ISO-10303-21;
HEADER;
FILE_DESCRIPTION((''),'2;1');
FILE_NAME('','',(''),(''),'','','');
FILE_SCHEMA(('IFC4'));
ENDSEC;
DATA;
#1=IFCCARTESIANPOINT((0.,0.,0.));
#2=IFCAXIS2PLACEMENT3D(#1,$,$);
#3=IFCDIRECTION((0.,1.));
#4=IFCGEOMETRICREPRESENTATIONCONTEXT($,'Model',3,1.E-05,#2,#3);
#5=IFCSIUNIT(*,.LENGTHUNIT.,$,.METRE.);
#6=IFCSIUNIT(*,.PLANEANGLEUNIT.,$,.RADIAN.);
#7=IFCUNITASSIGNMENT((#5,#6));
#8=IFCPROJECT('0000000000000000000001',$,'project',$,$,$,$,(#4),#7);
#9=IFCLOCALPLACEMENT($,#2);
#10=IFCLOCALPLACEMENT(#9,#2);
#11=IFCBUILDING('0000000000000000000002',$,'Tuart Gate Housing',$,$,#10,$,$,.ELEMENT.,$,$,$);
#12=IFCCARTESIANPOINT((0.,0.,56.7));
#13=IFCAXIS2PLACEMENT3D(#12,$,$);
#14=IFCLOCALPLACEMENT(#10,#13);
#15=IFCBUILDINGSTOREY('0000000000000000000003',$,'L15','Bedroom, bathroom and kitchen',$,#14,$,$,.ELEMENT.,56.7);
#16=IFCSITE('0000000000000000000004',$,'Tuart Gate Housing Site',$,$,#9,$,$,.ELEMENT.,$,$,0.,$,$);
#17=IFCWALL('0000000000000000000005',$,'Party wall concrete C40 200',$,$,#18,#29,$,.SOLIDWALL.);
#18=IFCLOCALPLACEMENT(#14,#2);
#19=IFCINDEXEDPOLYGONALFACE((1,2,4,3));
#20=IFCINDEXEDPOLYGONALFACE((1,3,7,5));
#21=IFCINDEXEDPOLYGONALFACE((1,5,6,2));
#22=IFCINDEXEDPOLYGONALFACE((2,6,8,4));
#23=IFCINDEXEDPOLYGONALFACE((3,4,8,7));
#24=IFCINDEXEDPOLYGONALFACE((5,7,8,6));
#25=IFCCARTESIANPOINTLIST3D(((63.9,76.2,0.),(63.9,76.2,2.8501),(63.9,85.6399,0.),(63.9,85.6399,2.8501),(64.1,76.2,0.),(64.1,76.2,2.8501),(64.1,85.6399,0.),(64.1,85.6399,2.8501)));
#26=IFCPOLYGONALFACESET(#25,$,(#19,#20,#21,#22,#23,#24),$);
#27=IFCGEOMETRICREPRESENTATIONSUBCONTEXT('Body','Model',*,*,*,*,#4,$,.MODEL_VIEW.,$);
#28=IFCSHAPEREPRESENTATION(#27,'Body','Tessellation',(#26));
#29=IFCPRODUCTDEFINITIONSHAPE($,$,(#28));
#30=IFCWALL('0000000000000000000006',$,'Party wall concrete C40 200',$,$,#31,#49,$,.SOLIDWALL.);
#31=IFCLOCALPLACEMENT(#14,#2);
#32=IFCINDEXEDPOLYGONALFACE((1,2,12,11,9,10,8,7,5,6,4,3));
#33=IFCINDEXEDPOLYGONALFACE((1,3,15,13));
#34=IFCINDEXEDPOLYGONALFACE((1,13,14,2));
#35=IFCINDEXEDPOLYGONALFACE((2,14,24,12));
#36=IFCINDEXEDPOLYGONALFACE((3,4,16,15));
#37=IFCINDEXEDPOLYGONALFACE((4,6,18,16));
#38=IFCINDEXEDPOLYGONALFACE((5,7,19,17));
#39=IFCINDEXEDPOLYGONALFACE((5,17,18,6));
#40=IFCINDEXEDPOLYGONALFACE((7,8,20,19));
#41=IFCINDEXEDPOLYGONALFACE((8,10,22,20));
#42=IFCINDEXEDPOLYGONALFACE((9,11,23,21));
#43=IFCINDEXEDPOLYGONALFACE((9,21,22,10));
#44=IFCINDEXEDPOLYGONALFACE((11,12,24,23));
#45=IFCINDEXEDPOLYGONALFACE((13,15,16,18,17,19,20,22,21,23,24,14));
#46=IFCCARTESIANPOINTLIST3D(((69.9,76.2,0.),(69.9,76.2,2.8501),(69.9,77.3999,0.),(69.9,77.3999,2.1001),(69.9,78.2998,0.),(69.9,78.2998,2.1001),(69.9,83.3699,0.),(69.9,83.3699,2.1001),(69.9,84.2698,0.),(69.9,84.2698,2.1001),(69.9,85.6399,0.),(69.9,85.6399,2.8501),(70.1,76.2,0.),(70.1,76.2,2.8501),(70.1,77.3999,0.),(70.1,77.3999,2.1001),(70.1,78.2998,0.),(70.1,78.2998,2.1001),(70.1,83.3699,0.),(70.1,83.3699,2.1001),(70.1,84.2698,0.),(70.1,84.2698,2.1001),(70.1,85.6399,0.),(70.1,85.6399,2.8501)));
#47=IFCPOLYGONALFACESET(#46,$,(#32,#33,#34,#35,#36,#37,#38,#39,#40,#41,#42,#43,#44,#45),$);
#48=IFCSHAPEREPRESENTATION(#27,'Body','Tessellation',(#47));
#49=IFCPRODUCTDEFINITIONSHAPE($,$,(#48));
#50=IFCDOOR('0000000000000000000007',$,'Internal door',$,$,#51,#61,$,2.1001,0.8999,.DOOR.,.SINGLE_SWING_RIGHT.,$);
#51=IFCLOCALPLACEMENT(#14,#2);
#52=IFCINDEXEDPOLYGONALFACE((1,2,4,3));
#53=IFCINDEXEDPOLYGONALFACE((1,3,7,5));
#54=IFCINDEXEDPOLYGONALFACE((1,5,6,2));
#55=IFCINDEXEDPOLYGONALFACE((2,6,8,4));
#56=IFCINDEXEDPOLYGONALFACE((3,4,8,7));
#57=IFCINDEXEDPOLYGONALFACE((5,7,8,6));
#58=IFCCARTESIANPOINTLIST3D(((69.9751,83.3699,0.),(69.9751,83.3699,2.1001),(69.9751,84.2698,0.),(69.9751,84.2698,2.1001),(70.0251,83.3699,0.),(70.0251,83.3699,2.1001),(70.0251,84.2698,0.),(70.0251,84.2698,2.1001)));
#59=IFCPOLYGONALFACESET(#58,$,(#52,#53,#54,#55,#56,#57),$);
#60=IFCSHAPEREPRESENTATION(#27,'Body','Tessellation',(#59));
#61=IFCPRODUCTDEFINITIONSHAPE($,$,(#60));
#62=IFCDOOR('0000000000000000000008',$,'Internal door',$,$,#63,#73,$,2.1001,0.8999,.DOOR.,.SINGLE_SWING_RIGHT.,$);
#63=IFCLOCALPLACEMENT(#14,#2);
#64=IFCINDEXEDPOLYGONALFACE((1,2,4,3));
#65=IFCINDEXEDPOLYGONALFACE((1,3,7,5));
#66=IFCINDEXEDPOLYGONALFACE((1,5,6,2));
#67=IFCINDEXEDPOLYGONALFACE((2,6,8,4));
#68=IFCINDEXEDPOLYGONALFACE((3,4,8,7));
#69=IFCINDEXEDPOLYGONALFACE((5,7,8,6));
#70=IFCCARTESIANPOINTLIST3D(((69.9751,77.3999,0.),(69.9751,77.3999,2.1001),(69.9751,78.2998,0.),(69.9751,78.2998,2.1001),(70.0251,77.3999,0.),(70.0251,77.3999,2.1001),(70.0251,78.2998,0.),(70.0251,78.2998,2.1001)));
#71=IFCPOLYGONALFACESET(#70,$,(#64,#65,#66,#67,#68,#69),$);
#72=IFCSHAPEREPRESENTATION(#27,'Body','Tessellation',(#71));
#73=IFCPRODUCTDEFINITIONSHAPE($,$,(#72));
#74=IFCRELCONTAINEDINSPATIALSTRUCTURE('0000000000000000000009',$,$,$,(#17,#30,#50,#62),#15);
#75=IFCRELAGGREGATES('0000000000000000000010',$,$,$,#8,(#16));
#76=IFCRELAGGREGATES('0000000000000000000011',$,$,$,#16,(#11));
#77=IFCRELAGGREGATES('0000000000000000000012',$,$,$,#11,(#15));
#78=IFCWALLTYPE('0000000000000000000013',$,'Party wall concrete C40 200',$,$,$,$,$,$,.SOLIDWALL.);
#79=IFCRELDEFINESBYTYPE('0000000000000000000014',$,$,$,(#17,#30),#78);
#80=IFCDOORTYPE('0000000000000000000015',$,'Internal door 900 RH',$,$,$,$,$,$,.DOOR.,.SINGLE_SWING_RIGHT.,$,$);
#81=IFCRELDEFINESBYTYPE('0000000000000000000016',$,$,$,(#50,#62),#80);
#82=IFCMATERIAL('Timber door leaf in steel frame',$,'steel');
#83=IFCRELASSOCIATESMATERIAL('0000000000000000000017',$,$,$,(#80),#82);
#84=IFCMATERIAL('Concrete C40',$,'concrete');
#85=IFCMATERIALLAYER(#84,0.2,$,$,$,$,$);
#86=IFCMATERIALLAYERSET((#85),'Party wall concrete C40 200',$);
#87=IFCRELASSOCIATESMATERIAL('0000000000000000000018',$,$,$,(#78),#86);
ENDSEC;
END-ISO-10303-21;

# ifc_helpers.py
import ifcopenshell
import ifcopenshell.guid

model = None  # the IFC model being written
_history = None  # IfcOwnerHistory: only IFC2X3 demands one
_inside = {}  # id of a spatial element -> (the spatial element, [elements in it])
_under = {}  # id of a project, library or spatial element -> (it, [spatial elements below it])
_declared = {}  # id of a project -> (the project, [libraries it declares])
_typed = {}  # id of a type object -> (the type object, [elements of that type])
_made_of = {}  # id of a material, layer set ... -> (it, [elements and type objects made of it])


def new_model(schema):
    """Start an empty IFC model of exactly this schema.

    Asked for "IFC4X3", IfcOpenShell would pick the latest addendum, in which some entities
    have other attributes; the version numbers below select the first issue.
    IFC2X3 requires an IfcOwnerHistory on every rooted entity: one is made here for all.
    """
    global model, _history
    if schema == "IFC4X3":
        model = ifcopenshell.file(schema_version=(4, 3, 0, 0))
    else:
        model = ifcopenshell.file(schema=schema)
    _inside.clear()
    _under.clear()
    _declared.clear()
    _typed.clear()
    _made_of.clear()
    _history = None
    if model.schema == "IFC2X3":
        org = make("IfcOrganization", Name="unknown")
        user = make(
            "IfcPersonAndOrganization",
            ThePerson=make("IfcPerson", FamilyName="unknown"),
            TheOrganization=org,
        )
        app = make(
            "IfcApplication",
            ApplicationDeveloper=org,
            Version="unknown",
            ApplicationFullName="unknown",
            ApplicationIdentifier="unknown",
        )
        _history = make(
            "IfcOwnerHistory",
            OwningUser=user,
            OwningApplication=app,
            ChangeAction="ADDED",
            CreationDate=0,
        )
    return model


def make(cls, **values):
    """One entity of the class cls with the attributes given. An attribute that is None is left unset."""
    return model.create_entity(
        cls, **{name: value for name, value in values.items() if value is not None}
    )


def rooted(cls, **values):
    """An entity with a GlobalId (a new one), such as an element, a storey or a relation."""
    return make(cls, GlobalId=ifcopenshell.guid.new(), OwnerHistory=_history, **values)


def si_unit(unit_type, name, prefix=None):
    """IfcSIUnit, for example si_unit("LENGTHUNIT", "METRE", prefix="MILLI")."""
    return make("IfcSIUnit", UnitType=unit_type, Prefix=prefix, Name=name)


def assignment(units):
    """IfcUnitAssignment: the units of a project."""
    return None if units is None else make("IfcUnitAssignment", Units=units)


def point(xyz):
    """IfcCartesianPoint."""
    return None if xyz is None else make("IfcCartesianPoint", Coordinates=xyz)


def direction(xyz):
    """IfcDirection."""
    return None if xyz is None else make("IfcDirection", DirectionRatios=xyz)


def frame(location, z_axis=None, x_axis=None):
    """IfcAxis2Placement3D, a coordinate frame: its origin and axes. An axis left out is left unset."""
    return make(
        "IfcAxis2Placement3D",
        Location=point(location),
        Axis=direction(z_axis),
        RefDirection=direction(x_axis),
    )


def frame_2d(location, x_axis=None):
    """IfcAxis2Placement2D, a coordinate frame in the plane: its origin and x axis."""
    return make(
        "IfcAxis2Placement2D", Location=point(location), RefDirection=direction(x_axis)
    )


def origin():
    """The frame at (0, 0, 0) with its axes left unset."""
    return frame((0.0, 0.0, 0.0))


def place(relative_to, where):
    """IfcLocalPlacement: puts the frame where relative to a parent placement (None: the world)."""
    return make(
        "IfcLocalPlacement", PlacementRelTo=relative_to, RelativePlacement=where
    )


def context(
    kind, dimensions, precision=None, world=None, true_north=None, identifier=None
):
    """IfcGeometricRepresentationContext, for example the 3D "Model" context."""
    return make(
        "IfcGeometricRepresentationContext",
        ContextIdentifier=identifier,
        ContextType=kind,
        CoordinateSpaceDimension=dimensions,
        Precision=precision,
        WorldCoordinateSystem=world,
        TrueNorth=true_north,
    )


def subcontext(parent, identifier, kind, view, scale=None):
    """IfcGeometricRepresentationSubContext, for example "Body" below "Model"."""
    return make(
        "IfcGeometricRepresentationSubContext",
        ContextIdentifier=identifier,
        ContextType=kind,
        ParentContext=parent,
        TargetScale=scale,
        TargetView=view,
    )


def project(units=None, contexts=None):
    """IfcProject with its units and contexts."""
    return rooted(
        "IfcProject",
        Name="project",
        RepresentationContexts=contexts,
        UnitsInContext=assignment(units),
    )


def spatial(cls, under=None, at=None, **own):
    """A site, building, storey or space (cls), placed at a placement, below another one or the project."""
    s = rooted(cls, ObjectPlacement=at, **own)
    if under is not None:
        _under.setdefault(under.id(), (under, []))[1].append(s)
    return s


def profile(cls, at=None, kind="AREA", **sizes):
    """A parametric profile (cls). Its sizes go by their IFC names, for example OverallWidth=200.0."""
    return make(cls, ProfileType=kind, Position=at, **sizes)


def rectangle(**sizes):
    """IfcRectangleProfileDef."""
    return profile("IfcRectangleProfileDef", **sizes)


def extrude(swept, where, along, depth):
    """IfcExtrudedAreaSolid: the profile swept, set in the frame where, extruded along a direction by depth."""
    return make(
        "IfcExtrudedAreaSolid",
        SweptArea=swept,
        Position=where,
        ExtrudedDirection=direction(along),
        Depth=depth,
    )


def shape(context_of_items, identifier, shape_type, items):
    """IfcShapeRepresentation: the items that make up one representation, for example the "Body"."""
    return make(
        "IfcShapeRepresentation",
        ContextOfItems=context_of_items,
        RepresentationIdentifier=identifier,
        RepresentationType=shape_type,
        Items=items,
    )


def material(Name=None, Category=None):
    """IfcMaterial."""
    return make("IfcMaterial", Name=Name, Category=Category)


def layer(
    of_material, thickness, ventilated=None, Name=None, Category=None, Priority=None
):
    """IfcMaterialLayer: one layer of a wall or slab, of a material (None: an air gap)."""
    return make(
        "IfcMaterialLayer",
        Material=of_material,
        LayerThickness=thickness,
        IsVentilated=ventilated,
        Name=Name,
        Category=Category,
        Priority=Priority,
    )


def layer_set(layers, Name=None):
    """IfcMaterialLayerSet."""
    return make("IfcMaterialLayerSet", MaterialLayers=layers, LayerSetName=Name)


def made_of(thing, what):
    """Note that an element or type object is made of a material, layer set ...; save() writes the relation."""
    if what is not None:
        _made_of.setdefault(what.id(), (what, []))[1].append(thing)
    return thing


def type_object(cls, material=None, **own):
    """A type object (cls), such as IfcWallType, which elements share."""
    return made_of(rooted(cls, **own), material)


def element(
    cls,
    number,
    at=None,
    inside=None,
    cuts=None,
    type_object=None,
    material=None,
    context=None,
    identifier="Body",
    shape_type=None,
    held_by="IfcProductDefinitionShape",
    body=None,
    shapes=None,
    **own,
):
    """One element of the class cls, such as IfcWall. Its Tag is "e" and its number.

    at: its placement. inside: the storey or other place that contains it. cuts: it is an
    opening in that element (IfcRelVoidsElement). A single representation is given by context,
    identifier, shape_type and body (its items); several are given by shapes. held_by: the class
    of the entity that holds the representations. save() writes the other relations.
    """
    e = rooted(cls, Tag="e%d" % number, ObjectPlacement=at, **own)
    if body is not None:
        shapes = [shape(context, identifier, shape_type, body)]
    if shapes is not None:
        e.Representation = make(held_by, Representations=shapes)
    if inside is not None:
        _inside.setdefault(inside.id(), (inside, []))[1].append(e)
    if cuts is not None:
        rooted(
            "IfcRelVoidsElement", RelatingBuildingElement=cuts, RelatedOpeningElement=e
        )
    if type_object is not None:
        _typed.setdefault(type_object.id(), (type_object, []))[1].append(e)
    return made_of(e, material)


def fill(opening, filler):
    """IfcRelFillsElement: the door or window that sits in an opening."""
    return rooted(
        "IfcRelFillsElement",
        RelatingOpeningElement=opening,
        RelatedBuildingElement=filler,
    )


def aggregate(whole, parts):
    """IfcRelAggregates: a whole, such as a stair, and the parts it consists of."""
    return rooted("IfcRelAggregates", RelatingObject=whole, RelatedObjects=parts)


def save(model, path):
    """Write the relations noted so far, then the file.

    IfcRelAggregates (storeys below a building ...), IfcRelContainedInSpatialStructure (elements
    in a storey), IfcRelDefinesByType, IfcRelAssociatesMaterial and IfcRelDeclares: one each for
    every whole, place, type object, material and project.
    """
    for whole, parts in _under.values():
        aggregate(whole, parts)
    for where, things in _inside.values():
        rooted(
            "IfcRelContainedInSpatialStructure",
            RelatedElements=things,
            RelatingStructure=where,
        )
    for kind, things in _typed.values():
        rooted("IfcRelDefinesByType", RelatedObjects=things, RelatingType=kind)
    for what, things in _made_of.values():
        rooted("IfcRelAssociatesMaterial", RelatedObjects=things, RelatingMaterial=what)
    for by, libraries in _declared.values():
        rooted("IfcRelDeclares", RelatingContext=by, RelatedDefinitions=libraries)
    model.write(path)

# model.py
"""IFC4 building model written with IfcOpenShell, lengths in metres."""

from ifc_helpers import new_model, si_unit, direction, frame, frame_2d, origin, place, context, subcontext, project, spatial, rectangle, extrude, material, layer, layer_set, type_object, element, fill, save


model = new_model("IFC4")

# Units and contexts
model_context = context("Model", 3, precision=1e-05, world=origin(), true_north=direction((0.0, 1.0)))
body_context = subcontext(model_context, "Body", "Model", "MODEL_VIEW")
ifc_project = project(units=[si_unit("LENGTHUNIT", "METRE"), si_unit("PLANEANGLEUNIT", "RADIAN")], contexts=[model_context])

# Site, building, storey
site_placement = place(None, origin())
site = spatial("IfcSite", under=ifc_project, at=site_placement, Name="Tuart Gate Housing Site", CompositionType="ELEMENT", RefElevation=0.0)
building_placement = place(site_placement, origin())
building = spatial("IfcBuilding", under=site, at=building_placement, Name="Tuart Gate Housing", CompositionType="ELEMENT")
storey_placement = place(building_placement, frame((0.0, 0.0, 56.7)))
storey = spatial("IfcBuildingStorey", under=building, at=storey_placement, Name="L15", Description="Bedroom, bathroom and kitchen", CompositionType="ELEMENT", Elevation=56.7)

# Shared definitions
ifc_material_1 = material(Name="Timber door leaf in steel frame", Category="steel")
door_type_1 = type_object("IfcDoorType", Name="Internal door 900 RH", OperationType="SINGLE_SWING_RIGHT", PredefinedType="DOOR", material=ifc_material_1)

# Wall
ifc_material_2 = material(Name="Concrete C40", Category="concrete")
ifc_layer_1 = layer(ifc_material_2, 0.2)
ifc_layer_set_1 = layer_set([ifc_layer_1], Name="Party wall concrete C40 200")
wall_type_1 = type_object("IfcWallType", Name="Party wall concrete C40 200", PredefinedType="SOLIDWALL", material=ifc_layer_set_1)
wall_1_placement = place(storey_placement, frame((64.0, 76.2, 0.0), z_axis=(0.0, 0.0, 1.0), x_axis=(0.0, 1.0, 0.0)))
element("IfcWall", 1, at=wall_1_placement, inside=storey, type_object=wall_type_1, Name="Party wall concrete C40 200", PredefinedType="SOLIDWALL", context=body_context, shape_type="SweptSolid", body=[
    extrude(rectangle(XDim=9.4399, YDim=0.2, at=frame_2d((4.72, 0.0))), origin(), (0.0, 0.0, 1.0), 2.8501),
])

# Wall, openings, doors
wall_2_placement = place(storey_placement, frame((70.0, 76.2, 0.0), z_axis=(0.0, 0.0, 1.0), x_axis=(0.0, 1.0, 0.0)))
wall_2 = element("IfcWall", 2, at=wall_2_placement, inside=storey, type_object=wall_type_1, Name="Party wall concrete C40 200", PredefinedType="SOLIDWALL", context=body_context, shape_type="SweptSolid", body=[
    extrude(rectangle(XDim=9.4399, YDim=0.2, at=frame_2d((4.72, 0.0))), origin(), (0.0, 0.0, 1.0), 2.8501),
])
opening_1_placement = place(wall_2_placement, frame((7.1699, 0.0, 0.0)))
opening_1 = element("IfcOpeningElement", 3, at=opening_1_placement, cuts=wall_2, PredefinedType="OPENING", context=body_context, shape_type="SweptSolid", body=[
    extrude(rectangle(XDim=0.8999, YDim=2.1001, at=frame_2d((0.45, 1.05))), frame((0.0, 0.1099, 0.0), z_axis=(0.0, -1.0, 0.0), x_axis=(1.0, 0.0, 0.0)), (0.0, 0.0, 1.0), 0.22),
])
opening_2_placement = place(wall_2_placement, frame((1.2, 0.0, 0.0)))
opening_2 = element("IfcOpeningElement", 4, at=opening_2_placement, cuts=wall_2, PredefinedType="OPENING", context=body_context, shape_type="SweptSolid", body=[
    extrude(rectangle(XDim=0.8999, YDim=2.1001, at=frame_2d((0.45, 1.05))), frame((0.0, 0.1099, 0.0), z_axis=(0.0, -1.0, 0.0), x_axis=(1.0, 0.0, 0.0)), (0.0, 0.0, 1.0), 0.22),
])
door_1_placement = place(opening_1_placement, frame((0.8999, 0.0, 0.0), z_axis=(0.0, 0.0, 1.0), x_axis=(-1.0, 0.0, 0.0)))
door_1 = element("IfcDoor", 5, at=door_1_placement, inside=storey, type_object=door_type_1, Name="Internal door", OperationType="SINGLE_SWING_RIGHT", OverallHeight=2.1001, OverallWidth=0.8999, PredefinedType="DOOR", context=body_context, shape_type="SweptSolid", body=[
    extrude(rectangle(XDim=0.8999, YDim=2.1001, at=frame_2d((0.45, 1.05))), frame((0.0, 0.0251, 0.0), z_axis=(0.0, -1.0, 0.0), x_axis=(1.0, 0.0, 0.0)), (0.0, 0.0, 1.0), 0.05),
])
fill(opening_1, door_1)
door_2_placement = place(opening_2_placement, frame((0.8999, 0.0, 0.0), z_axis=(0.0, 0.0, 1.0), x_axis=(-1.0, 0.0, 0.0)))
door_2 = element("IfcDoor", 6, at=door_2_placement, inside=storey, type_object=door_type_1, Name="Internal door", OperationType="SINGLE_SWING_RIGHT", OverallHeight=2.1001, OverallWidth=0.8999, PredefinedType="DOOR", context=body_context, shape_type="SweptSolid", body=[
    extrude(rectangle(XDim=0.8999, YDim=2.1001, at=frame_2d((0.45, 1.05))), frame((0.0, 0.0251, 0.0), z_axis=(0.0, -1.0, 0.0), x_axis=(1.0, 0.0, 0.0)), (0.0, 0.0, 1.0), 0.05),
])
fill(opening_2, door_2)

save(model, "model.ifc")
